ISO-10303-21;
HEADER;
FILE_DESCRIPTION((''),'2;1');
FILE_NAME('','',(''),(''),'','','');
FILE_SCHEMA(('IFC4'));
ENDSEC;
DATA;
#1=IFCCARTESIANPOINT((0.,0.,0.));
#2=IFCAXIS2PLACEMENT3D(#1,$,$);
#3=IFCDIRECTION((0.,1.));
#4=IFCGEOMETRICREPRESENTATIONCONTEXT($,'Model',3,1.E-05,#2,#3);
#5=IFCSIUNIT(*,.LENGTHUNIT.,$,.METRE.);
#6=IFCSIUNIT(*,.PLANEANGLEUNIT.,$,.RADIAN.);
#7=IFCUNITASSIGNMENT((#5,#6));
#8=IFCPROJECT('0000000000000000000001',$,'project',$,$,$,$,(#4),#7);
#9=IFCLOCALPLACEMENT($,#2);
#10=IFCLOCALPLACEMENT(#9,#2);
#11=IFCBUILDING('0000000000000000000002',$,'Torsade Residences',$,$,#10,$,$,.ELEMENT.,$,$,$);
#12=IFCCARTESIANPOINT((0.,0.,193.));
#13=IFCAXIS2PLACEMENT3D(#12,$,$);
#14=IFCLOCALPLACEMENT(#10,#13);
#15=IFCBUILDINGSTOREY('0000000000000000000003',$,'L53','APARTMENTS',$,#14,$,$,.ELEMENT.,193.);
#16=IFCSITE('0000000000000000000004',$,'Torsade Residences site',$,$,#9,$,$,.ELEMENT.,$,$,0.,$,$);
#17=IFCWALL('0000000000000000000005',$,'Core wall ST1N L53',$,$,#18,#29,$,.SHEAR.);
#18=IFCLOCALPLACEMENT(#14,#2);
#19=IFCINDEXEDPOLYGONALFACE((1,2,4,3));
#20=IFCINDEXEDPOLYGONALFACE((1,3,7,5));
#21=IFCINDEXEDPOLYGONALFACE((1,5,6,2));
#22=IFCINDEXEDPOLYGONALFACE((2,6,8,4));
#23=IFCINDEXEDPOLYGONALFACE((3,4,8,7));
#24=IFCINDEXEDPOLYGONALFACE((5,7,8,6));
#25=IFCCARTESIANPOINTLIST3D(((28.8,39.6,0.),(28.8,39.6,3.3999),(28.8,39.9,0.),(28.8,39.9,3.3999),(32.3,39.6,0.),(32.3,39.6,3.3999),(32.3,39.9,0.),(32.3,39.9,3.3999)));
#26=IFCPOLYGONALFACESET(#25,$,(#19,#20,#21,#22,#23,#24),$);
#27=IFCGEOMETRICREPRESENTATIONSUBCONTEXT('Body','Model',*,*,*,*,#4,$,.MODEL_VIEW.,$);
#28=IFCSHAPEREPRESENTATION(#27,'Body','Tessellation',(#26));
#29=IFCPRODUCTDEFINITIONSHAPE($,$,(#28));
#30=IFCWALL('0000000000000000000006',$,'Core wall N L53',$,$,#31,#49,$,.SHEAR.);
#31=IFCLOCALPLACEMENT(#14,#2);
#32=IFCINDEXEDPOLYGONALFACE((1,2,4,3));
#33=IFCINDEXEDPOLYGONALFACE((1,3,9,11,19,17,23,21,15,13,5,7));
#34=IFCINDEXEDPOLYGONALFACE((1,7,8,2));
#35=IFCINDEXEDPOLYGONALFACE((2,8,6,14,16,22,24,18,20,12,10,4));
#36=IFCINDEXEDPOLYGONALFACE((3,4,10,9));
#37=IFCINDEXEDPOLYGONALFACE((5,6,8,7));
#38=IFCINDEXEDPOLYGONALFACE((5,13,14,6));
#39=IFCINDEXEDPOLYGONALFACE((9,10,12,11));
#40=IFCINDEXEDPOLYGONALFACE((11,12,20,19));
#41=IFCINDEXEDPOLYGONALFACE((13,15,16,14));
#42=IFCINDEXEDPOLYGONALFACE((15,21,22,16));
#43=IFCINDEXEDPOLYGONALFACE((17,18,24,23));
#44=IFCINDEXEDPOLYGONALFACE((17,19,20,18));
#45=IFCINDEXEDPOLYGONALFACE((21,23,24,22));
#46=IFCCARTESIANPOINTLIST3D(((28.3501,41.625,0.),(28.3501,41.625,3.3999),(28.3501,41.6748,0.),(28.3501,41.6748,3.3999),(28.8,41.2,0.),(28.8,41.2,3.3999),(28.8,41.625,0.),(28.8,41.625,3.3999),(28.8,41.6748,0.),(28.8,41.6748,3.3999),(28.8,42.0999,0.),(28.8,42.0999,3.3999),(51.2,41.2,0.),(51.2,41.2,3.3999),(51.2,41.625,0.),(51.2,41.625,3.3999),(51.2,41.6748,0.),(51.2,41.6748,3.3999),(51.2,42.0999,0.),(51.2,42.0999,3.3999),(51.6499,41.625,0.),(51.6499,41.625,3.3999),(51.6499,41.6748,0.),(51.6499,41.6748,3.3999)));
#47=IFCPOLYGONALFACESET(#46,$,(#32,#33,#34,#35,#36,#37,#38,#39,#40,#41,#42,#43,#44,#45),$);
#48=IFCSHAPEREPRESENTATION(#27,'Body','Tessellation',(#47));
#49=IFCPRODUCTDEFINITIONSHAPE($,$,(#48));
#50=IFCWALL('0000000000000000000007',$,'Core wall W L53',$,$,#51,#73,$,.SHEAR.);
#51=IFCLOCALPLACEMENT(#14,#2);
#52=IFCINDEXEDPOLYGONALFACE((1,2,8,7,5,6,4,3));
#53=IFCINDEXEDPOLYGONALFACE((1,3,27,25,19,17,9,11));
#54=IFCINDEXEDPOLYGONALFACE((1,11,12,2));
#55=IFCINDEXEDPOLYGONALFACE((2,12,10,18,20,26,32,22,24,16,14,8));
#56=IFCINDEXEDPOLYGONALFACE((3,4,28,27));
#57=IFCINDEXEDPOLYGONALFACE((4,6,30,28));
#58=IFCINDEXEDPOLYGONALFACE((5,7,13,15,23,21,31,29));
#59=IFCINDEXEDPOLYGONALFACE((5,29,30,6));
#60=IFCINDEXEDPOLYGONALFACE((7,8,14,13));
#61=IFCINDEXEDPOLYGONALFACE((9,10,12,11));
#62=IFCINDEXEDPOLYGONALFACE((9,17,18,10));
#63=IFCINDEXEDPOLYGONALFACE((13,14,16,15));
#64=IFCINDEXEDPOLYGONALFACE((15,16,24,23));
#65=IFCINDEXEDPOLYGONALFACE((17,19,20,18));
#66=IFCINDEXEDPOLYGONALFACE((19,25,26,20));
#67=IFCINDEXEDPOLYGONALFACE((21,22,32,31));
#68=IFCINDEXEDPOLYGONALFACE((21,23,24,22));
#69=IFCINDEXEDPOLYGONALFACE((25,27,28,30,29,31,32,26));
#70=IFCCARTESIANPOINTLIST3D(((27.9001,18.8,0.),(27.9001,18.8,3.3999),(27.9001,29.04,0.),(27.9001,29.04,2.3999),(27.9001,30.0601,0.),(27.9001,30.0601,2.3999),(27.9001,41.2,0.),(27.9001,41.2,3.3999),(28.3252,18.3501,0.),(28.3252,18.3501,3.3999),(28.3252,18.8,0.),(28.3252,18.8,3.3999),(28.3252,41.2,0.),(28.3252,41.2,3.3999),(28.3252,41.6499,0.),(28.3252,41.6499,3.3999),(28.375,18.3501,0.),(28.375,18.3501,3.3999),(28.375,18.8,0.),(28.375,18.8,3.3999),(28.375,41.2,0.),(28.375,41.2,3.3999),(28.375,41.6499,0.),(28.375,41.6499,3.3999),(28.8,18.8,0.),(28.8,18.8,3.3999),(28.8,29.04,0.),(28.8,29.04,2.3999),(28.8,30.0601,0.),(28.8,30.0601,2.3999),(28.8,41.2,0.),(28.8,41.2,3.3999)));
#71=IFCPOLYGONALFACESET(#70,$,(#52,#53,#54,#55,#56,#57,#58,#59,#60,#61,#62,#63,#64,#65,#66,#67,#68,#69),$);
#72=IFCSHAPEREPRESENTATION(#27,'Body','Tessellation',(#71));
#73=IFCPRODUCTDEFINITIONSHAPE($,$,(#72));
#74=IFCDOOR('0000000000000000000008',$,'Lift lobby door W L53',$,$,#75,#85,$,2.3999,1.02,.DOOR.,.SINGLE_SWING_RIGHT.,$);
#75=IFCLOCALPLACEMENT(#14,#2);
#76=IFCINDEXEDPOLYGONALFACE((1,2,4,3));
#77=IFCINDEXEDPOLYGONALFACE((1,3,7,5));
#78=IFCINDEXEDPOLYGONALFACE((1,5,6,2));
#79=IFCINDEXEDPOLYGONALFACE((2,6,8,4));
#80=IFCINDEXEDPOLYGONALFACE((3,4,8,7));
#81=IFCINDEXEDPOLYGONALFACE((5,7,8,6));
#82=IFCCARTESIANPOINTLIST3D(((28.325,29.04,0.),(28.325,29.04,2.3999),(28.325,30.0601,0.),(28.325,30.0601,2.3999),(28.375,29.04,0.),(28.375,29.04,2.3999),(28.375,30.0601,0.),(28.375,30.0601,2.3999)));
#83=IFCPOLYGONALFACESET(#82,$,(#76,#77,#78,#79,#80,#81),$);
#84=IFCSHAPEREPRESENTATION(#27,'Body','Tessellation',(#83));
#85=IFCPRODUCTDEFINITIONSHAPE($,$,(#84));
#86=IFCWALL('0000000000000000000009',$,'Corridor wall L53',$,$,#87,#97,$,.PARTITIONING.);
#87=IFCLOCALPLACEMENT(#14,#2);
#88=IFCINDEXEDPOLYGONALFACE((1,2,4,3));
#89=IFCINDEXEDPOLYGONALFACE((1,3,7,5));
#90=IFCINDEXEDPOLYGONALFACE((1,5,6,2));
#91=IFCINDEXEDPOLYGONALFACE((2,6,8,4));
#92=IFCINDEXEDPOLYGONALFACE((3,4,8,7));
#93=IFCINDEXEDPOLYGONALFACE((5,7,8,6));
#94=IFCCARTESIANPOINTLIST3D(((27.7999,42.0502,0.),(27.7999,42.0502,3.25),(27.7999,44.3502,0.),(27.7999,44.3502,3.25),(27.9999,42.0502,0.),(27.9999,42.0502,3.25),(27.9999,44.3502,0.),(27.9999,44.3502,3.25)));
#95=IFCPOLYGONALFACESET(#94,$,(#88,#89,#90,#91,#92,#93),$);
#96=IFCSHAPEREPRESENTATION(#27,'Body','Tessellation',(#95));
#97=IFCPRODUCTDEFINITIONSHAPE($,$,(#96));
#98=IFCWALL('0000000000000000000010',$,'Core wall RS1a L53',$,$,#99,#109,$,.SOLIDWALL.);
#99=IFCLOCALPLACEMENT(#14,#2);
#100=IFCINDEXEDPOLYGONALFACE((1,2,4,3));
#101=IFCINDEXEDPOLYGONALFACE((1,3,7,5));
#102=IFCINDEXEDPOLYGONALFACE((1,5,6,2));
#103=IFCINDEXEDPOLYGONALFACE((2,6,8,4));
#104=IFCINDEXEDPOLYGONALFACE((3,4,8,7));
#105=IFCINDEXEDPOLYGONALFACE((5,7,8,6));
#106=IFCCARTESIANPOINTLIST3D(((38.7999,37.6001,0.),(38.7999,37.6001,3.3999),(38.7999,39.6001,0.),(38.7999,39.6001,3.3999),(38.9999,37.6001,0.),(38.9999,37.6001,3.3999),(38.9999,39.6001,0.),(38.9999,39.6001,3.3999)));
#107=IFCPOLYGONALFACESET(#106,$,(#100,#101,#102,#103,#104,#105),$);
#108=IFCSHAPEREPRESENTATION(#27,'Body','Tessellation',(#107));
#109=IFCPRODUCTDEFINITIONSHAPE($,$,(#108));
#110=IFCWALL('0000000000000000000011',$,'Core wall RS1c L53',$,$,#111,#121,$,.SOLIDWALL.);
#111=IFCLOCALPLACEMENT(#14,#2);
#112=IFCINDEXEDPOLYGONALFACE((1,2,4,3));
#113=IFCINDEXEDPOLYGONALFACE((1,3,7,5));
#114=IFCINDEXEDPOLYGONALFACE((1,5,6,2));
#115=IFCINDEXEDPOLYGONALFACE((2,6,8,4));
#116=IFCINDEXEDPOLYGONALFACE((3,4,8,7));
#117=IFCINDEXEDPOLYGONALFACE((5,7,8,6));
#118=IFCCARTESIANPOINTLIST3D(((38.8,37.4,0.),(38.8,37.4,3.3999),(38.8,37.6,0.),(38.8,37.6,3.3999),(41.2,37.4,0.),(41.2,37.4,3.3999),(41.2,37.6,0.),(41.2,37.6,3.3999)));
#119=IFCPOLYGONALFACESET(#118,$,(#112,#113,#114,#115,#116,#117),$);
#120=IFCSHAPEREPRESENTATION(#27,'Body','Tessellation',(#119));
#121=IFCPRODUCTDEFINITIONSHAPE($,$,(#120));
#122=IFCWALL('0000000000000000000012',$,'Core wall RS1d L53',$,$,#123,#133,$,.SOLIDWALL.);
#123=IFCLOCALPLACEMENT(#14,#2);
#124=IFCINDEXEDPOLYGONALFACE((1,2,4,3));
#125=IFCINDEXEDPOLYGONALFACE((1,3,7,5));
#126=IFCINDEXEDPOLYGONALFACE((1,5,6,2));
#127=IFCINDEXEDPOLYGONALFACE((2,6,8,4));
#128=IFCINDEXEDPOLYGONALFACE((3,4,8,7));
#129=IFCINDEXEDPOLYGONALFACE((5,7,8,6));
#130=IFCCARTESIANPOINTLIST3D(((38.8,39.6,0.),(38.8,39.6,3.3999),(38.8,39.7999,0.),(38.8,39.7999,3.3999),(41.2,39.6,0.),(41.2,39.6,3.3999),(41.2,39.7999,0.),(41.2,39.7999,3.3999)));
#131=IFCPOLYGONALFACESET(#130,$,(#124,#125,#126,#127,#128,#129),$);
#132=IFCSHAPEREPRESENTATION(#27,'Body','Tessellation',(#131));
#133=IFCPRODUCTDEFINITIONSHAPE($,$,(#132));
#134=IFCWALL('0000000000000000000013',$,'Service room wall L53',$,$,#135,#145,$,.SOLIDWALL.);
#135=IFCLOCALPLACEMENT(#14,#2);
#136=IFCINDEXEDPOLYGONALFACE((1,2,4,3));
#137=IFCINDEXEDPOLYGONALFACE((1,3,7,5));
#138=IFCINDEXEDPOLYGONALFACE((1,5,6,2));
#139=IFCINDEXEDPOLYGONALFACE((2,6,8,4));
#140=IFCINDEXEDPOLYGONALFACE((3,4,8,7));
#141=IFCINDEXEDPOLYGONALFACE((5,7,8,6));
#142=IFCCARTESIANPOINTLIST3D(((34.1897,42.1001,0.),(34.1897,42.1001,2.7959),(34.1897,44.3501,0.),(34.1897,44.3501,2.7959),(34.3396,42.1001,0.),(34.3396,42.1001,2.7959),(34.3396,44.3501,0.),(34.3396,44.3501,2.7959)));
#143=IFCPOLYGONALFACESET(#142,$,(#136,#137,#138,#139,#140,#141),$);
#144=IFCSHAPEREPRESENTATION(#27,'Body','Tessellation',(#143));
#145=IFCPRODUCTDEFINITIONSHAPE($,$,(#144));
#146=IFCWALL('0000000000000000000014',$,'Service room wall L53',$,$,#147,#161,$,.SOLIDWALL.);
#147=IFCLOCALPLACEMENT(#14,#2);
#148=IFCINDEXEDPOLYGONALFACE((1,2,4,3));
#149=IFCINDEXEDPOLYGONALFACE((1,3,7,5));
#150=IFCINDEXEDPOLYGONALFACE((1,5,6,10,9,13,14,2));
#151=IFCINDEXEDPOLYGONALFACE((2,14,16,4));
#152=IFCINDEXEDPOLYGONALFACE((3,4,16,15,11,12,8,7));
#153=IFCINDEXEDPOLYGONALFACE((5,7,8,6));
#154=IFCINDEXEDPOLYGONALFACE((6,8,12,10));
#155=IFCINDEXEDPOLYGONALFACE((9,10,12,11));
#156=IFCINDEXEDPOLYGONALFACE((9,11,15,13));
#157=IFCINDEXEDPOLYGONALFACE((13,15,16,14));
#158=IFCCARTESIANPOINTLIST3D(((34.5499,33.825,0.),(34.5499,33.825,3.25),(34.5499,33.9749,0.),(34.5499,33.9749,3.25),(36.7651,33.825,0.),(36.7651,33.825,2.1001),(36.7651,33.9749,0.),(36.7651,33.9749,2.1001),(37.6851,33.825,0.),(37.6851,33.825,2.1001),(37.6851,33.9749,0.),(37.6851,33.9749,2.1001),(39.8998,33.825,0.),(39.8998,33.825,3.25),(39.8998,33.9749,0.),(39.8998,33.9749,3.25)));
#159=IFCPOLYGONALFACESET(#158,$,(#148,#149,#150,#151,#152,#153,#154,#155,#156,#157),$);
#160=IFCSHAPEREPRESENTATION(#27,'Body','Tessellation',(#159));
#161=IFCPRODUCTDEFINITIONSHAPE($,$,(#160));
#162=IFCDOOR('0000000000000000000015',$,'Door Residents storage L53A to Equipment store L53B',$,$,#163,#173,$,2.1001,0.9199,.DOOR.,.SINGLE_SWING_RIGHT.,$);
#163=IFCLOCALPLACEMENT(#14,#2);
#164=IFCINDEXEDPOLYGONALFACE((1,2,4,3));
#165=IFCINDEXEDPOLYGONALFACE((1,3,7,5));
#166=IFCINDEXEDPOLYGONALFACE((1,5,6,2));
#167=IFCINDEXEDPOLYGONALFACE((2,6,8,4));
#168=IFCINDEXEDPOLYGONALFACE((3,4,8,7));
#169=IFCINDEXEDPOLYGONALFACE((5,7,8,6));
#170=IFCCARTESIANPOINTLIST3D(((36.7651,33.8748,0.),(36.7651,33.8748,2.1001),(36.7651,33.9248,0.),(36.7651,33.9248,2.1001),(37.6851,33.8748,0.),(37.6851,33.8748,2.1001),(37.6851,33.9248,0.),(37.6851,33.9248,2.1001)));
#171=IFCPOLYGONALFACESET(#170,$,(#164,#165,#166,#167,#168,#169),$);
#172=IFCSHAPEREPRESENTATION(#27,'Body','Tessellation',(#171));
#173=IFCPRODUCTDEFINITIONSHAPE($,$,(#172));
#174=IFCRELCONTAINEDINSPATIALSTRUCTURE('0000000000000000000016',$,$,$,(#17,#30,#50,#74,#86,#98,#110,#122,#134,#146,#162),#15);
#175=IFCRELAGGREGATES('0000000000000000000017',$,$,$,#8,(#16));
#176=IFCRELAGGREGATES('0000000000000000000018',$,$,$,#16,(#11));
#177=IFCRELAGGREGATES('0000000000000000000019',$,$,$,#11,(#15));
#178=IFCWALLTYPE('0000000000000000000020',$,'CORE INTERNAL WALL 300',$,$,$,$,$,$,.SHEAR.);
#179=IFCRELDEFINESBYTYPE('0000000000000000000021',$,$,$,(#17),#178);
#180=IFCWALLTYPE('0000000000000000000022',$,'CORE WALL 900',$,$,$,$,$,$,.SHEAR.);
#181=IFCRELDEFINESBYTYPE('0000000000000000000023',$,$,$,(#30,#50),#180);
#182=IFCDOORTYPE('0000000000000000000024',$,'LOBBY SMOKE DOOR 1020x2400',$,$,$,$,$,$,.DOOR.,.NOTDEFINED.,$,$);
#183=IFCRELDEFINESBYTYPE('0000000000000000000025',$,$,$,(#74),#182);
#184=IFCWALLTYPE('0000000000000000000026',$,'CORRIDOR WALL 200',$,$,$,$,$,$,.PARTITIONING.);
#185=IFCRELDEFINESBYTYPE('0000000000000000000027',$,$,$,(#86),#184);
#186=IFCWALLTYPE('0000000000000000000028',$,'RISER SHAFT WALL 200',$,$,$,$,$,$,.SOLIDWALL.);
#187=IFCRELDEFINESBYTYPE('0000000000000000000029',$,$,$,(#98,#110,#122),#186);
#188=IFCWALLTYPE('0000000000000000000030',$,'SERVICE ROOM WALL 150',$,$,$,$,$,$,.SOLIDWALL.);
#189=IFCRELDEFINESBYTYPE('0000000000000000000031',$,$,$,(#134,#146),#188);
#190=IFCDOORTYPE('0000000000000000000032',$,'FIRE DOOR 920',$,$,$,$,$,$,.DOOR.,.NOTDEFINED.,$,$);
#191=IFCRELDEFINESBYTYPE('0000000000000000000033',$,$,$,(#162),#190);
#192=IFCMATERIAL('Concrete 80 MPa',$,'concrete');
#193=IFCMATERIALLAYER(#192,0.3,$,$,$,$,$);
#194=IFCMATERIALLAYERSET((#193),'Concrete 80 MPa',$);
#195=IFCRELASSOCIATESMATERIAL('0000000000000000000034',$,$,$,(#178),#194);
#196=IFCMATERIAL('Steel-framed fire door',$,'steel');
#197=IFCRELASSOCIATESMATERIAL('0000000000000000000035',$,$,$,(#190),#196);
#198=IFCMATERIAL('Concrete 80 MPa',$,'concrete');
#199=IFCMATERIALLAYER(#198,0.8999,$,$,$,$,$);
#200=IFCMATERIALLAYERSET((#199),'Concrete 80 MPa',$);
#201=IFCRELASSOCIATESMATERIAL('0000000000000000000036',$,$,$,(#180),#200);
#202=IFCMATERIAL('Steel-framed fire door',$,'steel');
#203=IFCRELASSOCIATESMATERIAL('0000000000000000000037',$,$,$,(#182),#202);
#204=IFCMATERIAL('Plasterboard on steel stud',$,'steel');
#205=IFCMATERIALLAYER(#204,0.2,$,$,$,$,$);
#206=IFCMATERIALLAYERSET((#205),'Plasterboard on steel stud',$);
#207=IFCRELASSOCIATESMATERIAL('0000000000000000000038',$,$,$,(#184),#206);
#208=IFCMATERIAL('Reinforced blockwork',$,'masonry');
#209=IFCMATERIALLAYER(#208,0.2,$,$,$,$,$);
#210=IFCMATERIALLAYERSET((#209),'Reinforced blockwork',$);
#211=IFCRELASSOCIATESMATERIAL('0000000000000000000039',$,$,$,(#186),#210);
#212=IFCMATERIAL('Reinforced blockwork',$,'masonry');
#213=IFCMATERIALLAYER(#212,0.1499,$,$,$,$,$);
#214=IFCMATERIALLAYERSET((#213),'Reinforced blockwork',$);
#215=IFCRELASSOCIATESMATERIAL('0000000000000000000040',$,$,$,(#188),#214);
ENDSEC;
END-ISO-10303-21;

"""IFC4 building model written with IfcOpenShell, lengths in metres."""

from ifc_helpers import new_model, si_unit, direction, frame, frame_2d, origin, place, context, subcontext, project, spatial, polyline, rectangle, outline, extrude, material, layer, layer_set, type_object, element, fill, save


model = new_model("IFC4")

# Units and contexts
model_context = context("Model", 3, precision=1e-05, world=origin(), true_north=direction((0.0, 1.0)))
body_context = subcontext(model_context, "Body", "Model", "MODEL_VIEW")
ifc_project = project(units=[si_unit("LENGTHUNIT", "METRE"), si_unit("PLANEANGLEUNIT", "RADIAN")], contexts=[model_context])

# Site, building, storey
site_placement = place(None, origin())
site = spatial("IfcSite", under=ifc_project, at=site_placement, Name="Torsade Residences site", CompositionType="ELEMENT", RefElevation=0.0)
building_placement = place(site_placement, origin())
building = spatial("IfcBuilding", under=site, at=building_placement, Name="Torsade Residences", CompositionType="ELEMENT")
storey_placement = place(building_placement, frame((0.0, 0.0, 193.0)))
storey = spatial("IfcBuildingStorey", under=building, at=storey_placement, Name="L53", Description="APARTMENTS", CompositionType="ELEMENT", Elevation=193.0)

# Shared definitions
ifc_material_1 = material(Name="Concrete 80 MPa", Category="concrete")
ifc_layer_1 = layer(ifc_material_1, 0.3)
ifc_layer_set_1 = layer_set([ifc_layer_1], Name="Concrete 80 MPa")
wall_type_1 = type_object("IfcWallType", Name="CORE INTERNAL WALL 300", PredefinedType="SHEAR", material=ifc_layer_set_1)
ifc_material_2 = material(Name="Steel-framed fire door", Category="steel")
door_type_1 = type_object("IfcDoorType", Name="FIRE DOOR 920", OperationType="NOTDEFINED", PredefinedType="DOOR", material=ifc_material_2)

# Walls
wall_1_placement = place(storey_placement, frame((28.8, 39.75, 0.0), z_axis=(0.0, 0.0, 1.0), x_axis=(1.0, 0.0, 0.0)))
element("IfcWall", 1, at=wall_1_placement, inside=storey, type_object=wall_type_1, Name="Core wall ST1N L53", PredefinedType="SHEAR", context=body_context, shape_type="SweptSolid", body=[
    extrude(rectangle(XDim=3.5, YDim=0.3, at=frame_2d((1.75, 0.0))), origin(), (0.0, 0.0, 1.0), 3.3999),
])
ifc_material_3 = material(Name="Concrete 80 MPa", Category="concrete")
ifc_layer_2 = layer(ifc_material_3, 0.8999)
ifc_layer_set_2 = layer_set([ifc_layer_2], Name="Concrete 80 MPa")
wall_type_2 = type_object("IfcWallType", Name="CORE WALL 900", PredefinedType="SHEAR", material=ifc_layer_set_2)
wall_2_placement = place(storey_placement, frame((28.8, 41.6499, 0.0), z_axis=(0.0, 0.0, 1.0), x_axis=(1.0, 0.0, 0.0)))
element("IfcWall", 2, at=wall_2_placement, inside=storey, type_object=wall_type_2, Name="Core wall N L53", PredefinedType="SHEAR", context=body_context, shape_type="SweptSolid", body=[
    extrude(outline(polyline([(0.0, -0.45), (22.3999, -0.45), (22.3999, -0.0249), (22.8499, -0.0249), (22.8499, 0.0249), (22.3999, 0.0249), (22.3999, 0.45), (0.0, 0.45), (0.0, 0.0249), (-0.45, 0.0249), (-0.45, -0.0249), (0.0, -0.0249), (0.0, -0.45)])), origin(), (0.0, 0.0, 1.0), 3.3999),
])

# Wall, opening, door
wall_3_placement = place(storey_placement, frame((28.3501, 41.2, 0.0), z_axis=(0.0, 0.0, 1.0), x_axis=(0.0, -1.0, 0.0)))
wall_3 = element("IfcWall", 3, at=wall_3_placement, inside=storey, type_object=wall_type_2, Name="Core wall W L53", PredefinedType="SHEAR", context=body_context, shape_type="SweptSolid", body=[
    extrude(outline(polyline([(0.0, -0.45), (22.3999, -0.45), (22.3999, -0.0249), (22.8499, -0.0249), (22.8499, 0.0249), (22.3999, 0.0249), (22.3999, 0.45), (0.0, 0.45), (0.0, 0.0249), (-0.45, 0.0249), (-0.45, -0.0249), (0.0, -0.0249), (0.0, -0.45)])), origin(), (0.0, 0.0, 1.0), 3.3999),
])
opening_1_placement = place(wall_3_placement, frame((11.1399, 0.0, 0.0)))
opening_1 = element("IfcOpeningElement", 4, at=opening_1_placement, cuts=wall_3, PredefinedType="OPENING", context=body_context, shape_type="SweptSolid", body=[
    extrude(rectangle(XDim=1.02, YDim=2.3999, at=frame_2d((0.51, 1.2))), frame((0.0, 0.46, 0.0), z_axis=(0.0, -1.0, 0.0), x_axis=(1.0, 0.0, 0.0)), (0.0, 0.0, 1.0), 0.9199),
])
ifc_material_4 = material(Name="Steel-framed fire door", Category="steel")
door_type_2 = type_object("IfcDoorType", Name="LOBBY SMOKE DOOR 1020x2400", OperationType="NOTDEFINED", PredefinedType="DOOR", material=ifc_material_4)
door_1_placement = place(opening_1_placement, origin())
door_1 = element("IfcDoor", 5, at=door_1_placement, inside=storey, type_object=door_type_2, Name="Lift lobby door W L53", OperationType="SINGLE_SWING_RIGHT", OverallHeight=2.3999, OverallWidth=1.02, PredefinedType="DOOR", context=body_context, shape_type="SweptSolid", body=[
    extrude(rectangle(XDim=1.02, YDim=2.3999, at=frame_2d((0.51, 1.2))), frame((0.0, 0.0249, 0.0), z_axis=(0.0, -1.0, 0.0), x_axis=(1.0, 0.0, 0.0)), (0.0, 0.0, 1.0), 0.05),
])
fill(opening_1, door_1)

# Walls
ifc_material_5 = material(Name="Plasterboard on steel stud", Category="steel")
ifc_layer_3 = layer(ifc_material_5, 0.2)
ifc_layer_set_3 = layer_set([ifc_layer_3], Name="Plasterboard on steel stud")
wall_type_3 = type_object("IfcWallType", Name="CORRIDOR WALL 200", PredefinedType="PARTITIONING", material=ifc_layer_set_3)
wall_4_placement = place(storey_placement, frame((27.8999, 44.3501, 0.0), z_axis=(0.0, 0.0, 1.0), x_axis=(0.0, -1.0, 0.0)))
element("IfcWall", 6, at=wall_4_placement, inside=storey, type_object=wall_type_3, Name="Corridor wall L53", PredefinedType="PARTITIONING", context=body_context, shape_type="SweptSolid", body=[
    extrude(rectangle(XDim=2.3, YDim=0.2, at=frame_2d((1.1499, 0.0))), origin(), (0.0, 0.0, 1.0), 3.25),
])
ifc_material_6 = material(Name="Reinforced blockwork", Category="masonry")
ifc_layer_4 = layer(ifc_material_6, 0.2)
ifc_layer_set_4 = layer_set([ifc_layer_4], Name="Reinforced blockwork")
wall_type_4 = type_object("IfcWallType", Name="RISER SHAFT WALL 200", PredefinedType="SOLIDWALL", material=ifc_layer_set_4)
wall_5_placement = place(storey_placement, frame((38.8999, 37.6001, 0.0), z_axis=(0.0, 0.0, 1.0), x_axis=(0.0, 1.0, 0.0)))
element("IfcWall", 7, at=wall_5_placement, inside=storey, type_object=wall_type_4, Name="Core wall RS1a L53", PredefinedType="SOLIDWALL", context=body_context, shape_type="SweptSolid", body=[
    extrude(rectangle(XDim=2.0, YDim=0.2, at=frame_2d((1.0, 0.0))), origin(), (0.0, 0.0, 1.0), 3.3999),
])
for number, where, z_axis, x_axis, name in (
    (8, (38.8, 37.5, 0.0), (0.0, 0.0, 1.0), (1.0, 0.0, 0.0), "Core wall RS1c L53"),
    (9, (38.8, 39.7, 0.0), (0.0, 0.0, 1.0), (1.0, 0.0, 0.0), "Core wall RS1d L53"),
):
    element("IfcWall", number, at=place(storey_placement, frame(where, z_axis=z_axis, x_axis=x_axis)), inside=storey, type_object=wall_type_4, Name=name, PredefinedType="SOLIDWALL", context=body_context, shape_type="SweptSolid", body=[
        extrude(rectangle(XDim=2.3999, YDim=0.2, at=frame_2d((1.2, 0.0))), origin(), (0.0, 0.0, 1.0), 3.3999),
    ])
ifc_material_7 = material(Name="Reinforced blockwork", Category="masonry")
ifc_layer_5 = layer(ifc_material_7, 0.1499)
ifc_layer_set_5 = layer_set([ifc_layer_5], Name="Reinforced blockwork")
wall_type_5 = type_object("IfcWallType", Name="SERVICE ROOM WALL 150", PredefinedType="SOLIDWALL", material=ifc_layer_set_5)
wall_6_placement = place(storey_placement, frame((34.2646, 42.1001, 0.0), z_axis=(0.0, 0.0, 1.0), x_axis=(0.0, 1.0, 0.0)))
element("IfcWall", 10, at=wall_6_placement, inside=storey, type_object=wall_type_5, Name="Service room wall L53", PredefinedType="SOLIDWALL", context=body_context, shape_type="SweptSolid", body=[
    extrude(rectangle(XDim=2.25, YDim=0.1499, at=frame_2d((1.125, 0.0))), origin(), (0.0, 0.0, 1.0), 2.7959),
])

# Wall, opening, door
wall_7_placement = place(storey_placement, frame((34.55, 33.8999, 0.0), z_axis=(0.0, 0.0, 1.0), x_axis=(1.0, 0.0, 0.0)))
wall_7 = element("IfcWall", 11, at=wall_7_placement, inside=storey, type_object=wall_type_5, Name="Service room wall L53", PredefinedType="SOLIDWALL", context=body_context, shape_type="SweptSolid", body=[
    extrude(rectangle(XDim=5.3499, YDim=0.1499, at=frame_2d((2.6748, 0.0))), origin(), (0.0, 0.0, 1.0), 3.25),
])
opening_2_placement = place(wall_7_placement, frame((2.2151, 0.0, 0.0)))
opening_2 = element("IfcOpeningElement", 12, at=opening_2_placement, cuts=wall_7, PredefinedType="OPENING", context=body_context, shape_type="SweptSolid", body=[
    extrude(rectangle(XDim=0.9199, YDim=2.1001, at=frame_2d((0.46, 1.05))), frame((0.0, 0.085, 0.0), z_axis=(0.0, -1.0, 0.0), x_axis=(1.0, 0.0, 0.0)), (0.0, 0.0, 1.0), 0.1699),
])
door_2_placement = place(opening_2_placement, origin())
door_2 = element("IfcDoor", 13, at=door_2_placement, inside=storey, type_object=door_type_1, Name="Door Residents storage L53A to Equipment store L53B", OperationType="SINGLE_SWING_RIGHT", OverallHeight=2.1001, OverallWidth=0.9199, PredefinedType="DOOR", context=body_context, shape_type="SweptSolid", body=[
    extrude(rectangle(XDim=0.9199, YDim=2.1001, at=frame_2d((0.46, 1.05))), frame((0.0, 0.0249, 0.0), z_axis=(0.0, -1.0, 0.0), x_axis=(1.0, 0.0, 0.0)), (0.0, 0.0, 1.0), 0.05),
])
fill(opening_2, door_2)

save(model, "model.ifc")
